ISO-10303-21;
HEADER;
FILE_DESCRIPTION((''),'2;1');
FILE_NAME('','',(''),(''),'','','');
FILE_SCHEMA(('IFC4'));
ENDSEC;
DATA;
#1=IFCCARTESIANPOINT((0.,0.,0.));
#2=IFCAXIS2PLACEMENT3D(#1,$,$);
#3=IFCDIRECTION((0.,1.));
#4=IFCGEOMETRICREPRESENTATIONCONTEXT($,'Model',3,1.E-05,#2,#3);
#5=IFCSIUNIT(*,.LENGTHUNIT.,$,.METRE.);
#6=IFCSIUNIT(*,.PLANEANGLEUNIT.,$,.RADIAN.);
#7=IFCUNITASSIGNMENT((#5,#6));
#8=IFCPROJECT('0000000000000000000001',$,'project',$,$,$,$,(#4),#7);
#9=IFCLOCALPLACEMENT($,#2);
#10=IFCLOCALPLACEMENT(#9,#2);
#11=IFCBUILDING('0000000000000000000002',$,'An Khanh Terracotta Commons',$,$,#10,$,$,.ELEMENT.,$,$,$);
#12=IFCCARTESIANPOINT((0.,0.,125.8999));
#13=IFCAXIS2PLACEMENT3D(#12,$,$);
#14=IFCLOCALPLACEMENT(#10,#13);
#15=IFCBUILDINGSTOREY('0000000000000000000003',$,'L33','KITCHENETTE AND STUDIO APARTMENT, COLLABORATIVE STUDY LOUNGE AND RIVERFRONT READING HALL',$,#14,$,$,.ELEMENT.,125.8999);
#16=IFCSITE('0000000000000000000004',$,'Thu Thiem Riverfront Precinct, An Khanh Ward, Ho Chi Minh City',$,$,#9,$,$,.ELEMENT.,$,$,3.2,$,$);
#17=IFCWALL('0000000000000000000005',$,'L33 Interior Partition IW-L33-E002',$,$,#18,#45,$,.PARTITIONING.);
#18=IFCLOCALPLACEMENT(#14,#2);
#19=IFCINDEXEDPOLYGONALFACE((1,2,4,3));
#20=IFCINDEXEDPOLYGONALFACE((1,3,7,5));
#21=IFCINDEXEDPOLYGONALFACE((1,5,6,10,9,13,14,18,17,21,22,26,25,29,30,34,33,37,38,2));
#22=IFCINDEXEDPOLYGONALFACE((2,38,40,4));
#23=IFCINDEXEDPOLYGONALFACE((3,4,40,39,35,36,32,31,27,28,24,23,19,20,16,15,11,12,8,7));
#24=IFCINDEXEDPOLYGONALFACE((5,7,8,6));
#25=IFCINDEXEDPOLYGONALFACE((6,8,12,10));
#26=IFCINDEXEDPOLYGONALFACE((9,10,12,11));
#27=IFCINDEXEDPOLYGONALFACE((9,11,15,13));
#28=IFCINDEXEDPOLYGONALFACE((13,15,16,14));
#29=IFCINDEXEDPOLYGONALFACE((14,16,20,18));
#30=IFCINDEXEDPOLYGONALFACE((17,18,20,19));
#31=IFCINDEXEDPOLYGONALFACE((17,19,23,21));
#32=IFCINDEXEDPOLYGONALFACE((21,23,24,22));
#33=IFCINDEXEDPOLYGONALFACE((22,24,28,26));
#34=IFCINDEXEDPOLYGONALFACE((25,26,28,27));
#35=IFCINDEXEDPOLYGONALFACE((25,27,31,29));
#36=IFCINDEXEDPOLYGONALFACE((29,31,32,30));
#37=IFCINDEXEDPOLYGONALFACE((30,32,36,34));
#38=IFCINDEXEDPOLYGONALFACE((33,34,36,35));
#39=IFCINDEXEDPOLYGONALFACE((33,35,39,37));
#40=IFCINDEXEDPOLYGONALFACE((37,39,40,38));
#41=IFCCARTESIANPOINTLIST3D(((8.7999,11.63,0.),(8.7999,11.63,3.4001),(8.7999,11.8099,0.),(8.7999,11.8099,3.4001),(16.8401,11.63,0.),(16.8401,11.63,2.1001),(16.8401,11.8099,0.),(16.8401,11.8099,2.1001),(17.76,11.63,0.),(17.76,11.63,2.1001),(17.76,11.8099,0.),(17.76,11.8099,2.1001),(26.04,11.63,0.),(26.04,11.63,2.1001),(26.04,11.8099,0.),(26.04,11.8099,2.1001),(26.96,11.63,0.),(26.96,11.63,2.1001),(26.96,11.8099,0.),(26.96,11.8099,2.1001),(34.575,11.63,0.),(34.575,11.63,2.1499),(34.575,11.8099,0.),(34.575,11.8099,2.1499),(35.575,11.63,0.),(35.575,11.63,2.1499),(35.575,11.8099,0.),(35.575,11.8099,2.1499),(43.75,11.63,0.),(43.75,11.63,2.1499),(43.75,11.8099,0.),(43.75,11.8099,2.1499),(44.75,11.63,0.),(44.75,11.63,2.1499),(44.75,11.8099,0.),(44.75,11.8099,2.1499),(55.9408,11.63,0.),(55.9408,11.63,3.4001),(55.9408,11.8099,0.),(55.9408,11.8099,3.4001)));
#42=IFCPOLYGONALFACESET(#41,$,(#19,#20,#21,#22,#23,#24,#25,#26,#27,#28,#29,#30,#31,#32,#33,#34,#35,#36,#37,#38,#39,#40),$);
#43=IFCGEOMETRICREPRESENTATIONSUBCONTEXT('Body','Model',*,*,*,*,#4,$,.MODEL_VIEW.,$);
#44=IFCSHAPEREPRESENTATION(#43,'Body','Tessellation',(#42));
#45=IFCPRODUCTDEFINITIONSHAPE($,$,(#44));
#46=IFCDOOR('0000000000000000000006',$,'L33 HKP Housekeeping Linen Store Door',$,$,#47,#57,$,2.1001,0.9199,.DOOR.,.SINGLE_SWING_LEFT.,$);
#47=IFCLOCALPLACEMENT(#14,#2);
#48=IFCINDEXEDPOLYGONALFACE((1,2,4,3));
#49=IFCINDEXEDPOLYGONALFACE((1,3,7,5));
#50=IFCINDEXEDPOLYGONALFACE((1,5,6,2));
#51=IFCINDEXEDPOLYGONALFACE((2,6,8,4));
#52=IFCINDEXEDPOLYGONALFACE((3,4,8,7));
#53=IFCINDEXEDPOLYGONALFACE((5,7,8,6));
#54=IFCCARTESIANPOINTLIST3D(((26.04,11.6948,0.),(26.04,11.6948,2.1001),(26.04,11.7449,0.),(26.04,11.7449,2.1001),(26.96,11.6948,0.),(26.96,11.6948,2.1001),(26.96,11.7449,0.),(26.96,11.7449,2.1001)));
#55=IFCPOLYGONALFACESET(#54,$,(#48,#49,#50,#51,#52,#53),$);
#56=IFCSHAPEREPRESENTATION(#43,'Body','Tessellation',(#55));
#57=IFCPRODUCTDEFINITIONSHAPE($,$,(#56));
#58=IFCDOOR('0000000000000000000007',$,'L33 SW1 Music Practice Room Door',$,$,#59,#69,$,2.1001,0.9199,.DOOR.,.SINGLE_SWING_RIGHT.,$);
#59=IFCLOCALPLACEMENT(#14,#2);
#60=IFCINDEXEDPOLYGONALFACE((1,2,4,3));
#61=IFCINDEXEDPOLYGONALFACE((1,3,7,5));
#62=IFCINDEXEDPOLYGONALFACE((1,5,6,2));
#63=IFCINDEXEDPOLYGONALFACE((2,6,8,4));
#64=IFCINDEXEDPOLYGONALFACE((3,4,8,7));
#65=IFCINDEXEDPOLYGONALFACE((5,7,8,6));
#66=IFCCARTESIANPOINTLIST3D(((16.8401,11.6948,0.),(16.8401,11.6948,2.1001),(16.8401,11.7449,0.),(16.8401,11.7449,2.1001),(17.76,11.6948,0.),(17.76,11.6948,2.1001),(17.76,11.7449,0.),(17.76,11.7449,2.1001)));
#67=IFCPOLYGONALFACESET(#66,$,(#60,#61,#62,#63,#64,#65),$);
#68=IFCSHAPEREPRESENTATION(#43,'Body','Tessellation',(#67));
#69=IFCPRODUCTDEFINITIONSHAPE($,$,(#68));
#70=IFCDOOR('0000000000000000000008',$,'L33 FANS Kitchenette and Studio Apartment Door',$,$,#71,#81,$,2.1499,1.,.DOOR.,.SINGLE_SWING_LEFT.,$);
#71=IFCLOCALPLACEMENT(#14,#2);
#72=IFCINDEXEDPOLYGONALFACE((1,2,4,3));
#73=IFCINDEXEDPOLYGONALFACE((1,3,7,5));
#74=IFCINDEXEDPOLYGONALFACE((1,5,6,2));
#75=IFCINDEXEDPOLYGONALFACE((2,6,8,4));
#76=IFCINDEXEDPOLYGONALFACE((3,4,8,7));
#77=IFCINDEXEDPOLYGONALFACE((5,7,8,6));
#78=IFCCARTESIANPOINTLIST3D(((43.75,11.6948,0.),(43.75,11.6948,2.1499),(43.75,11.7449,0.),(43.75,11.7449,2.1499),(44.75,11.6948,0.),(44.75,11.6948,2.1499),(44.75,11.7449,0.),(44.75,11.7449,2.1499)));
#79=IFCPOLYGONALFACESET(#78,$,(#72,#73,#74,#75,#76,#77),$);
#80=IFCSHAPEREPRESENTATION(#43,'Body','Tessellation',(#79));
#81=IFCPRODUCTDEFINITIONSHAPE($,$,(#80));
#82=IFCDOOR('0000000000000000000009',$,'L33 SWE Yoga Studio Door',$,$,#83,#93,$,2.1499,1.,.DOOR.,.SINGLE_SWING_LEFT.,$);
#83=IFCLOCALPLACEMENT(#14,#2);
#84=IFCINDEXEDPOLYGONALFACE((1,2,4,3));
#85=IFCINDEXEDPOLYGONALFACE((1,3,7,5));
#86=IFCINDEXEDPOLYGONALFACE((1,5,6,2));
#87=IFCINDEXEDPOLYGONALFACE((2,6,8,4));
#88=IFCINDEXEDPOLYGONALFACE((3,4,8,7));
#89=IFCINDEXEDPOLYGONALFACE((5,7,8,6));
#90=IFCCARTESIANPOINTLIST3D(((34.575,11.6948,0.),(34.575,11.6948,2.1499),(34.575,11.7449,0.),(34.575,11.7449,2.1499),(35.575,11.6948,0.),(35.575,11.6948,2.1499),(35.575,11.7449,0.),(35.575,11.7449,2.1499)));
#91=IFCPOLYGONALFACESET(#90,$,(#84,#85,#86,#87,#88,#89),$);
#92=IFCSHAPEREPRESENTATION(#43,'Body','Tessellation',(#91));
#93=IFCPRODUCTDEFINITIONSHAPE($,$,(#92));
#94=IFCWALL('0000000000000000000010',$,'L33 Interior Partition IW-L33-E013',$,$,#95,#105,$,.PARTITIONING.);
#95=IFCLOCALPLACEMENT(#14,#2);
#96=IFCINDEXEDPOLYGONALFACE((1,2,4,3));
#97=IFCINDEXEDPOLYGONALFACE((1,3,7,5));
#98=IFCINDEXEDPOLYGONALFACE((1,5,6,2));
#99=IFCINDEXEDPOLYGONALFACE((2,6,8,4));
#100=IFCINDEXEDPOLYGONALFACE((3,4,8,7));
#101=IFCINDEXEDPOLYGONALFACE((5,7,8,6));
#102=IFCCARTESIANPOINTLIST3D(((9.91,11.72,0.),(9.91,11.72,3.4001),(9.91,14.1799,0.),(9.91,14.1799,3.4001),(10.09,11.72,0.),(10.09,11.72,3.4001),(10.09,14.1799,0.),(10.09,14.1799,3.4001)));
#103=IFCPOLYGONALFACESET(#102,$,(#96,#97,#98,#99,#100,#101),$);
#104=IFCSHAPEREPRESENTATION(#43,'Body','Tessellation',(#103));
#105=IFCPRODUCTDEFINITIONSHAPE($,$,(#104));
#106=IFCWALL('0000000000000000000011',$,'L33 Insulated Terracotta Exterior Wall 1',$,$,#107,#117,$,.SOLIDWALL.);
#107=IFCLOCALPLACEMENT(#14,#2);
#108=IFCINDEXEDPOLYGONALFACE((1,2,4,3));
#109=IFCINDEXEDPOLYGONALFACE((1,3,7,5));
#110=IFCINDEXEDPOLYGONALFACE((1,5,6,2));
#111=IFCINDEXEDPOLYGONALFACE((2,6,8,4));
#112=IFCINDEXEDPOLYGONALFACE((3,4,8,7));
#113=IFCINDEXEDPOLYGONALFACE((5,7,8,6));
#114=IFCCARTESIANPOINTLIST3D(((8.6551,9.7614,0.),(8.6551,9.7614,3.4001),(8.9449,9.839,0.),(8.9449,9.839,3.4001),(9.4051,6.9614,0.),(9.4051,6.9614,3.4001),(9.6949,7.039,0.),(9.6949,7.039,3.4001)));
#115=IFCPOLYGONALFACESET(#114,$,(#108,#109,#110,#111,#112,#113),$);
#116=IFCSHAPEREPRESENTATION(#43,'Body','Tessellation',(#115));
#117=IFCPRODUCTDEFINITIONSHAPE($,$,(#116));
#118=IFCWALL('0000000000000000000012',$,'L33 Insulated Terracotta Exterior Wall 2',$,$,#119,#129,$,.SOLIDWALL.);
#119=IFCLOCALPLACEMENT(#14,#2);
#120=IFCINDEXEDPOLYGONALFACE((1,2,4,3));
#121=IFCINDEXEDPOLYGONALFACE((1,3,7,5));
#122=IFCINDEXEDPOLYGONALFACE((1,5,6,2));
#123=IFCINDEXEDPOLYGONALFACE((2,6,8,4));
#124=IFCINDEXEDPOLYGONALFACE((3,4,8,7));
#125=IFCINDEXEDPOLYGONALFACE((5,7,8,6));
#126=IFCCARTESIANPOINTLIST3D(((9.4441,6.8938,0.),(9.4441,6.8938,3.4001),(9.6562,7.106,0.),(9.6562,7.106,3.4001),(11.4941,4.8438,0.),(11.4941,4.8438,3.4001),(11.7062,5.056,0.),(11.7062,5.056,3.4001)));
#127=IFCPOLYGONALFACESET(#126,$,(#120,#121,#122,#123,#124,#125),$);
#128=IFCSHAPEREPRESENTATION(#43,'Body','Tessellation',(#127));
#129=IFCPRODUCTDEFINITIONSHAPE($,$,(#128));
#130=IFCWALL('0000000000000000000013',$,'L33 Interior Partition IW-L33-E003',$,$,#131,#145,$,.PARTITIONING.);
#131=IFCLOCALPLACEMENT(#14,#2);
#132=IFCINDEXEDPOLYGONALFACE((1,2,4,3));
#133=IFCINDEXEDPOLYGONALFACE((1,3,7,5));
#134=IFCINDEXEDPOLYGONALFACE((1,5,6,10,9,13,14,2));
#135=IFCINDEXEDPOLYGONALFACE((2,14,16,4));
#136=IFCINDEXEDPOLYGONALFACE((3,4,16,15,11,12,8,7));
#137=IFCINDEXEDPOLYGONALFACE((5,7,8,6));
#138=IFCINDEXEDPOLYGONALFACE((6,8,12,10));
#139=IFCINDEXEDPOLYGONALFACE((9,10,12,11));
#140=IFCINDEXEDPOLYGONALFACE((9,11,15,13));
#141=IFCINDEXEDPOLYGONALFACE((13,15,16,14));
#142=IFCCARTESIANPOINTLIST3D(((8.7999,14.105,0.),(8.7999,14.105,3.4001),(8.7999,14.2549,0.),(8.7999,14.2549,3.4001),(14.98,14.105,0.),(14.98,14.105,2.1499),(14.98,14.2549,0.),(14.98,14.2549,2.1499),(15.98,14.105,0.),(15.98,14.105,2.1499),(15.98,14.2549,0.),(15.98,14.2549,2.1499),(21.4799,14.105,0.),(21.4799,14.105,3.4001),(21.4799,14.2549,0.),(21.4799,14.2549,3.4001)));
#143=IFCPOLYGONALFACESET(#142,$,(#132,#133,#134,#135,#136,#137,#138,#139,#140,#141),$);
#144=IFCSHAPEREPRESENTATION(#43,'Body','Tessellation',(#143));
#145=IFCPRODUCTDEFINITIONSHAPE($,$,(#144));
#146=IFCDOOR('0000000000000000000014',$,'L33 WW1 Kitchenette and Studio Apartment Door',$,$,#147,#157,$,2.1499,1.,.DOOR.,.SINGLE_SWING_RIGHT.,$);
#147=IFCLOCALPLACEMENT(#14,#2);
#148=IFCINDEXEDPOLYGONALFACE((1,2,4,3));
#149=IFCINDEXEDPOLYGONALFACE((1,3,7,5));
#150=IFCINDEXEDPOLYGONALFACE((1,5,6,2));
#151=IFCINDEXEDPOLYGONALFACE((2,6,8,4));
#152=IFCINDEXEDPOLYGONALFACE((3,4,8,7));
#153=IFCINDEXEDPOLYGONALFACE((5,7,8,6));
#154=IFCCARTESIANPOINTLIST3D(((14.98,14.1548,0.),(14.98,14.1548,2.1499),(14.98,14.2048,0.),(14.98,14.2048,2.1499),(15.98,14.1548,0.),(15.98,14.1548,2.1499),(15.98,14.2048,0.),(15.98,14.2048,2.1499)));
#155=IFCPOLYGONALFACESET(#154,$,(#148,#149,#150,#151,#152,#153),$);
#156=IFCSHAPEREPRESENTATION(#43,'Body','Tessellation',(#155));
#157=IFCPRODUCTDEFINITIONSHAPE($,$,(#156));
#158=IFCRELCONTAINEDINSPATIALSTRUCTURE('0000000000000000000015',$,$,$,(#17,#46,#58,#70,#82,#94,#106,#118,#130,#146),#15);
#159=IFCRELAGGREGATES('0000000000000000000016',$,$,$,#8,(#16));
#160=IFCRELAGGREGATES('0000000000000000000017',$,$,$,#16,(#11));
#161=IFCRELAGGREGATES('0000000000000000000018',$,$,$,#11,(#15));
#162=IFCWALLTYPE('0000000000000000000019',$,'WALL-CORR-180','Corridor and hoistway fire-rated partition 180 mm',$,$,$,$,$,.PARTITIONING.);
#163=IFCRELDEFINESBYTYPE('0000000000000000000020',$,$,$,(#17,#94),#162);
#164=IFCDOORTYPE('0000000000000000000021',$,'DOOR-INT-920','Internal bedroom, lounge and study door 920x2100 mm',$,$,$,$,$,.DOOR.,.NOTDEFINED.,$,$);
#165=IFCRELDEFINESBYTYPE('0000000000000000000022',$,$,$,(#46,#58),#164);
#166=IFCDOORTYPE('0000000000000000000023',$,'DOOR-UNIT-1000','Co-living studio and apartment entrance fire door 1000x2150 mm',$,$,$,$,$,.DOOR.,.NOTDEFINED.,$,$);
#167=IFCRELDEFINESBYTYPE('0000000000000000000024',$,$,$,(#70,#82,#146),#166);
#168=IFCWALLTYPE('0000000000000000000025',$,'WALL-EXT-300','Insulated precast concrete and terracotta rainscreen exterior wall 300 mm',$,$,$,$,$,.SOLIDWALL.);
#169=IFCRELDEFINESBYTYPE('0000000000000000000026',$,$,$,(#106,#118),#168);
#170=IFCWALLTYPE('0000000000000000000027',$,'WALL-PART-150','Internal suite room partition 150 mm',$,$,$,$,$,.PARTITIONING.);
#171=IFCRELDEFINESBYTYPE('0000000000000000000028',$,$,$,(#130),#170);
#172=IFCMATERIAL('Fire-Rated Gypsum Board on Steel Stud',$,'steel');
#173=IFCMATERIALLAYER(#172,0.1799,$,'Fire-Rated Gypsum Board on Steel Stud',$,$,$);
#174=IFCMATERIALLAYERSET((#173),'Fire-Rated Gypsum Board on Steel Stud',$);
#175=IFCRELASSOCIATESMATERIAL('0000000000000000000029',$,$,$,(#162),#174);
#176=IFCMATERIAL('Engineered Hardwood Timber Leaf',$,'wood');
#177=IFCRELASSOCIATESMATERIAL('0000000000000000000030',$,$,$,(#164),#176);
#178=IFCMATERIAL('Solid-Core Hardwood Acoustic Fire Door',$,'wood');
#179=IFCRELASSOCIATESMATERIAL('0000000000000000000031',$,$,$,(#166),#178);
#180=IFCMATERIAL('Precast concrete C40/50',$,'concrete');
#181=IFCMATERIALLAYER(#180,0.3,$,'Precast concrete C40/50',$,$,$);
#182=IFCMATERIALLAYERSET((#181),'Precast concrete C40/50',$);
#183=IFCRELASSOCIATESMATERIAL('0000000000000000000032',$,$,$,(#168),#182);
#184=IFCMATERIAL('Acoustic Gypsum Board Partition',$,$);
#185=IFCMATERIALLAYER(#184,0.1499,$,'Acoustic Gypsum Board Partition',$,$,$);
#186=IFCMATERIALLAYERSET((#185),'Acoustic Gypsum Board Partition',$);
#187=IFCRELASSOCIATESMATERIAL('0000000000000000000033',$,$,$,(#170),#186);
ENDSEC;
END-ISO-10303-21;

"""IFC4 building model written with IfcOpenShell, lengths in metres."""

from ifc_helpers import new_model, si_unit, direction, frame, frame_2d, origin, place, context, subcontext, project, spatial, rectangle, extrude, material, layer, layer_set, type_object, element, fill, save


model = new_model("IFC4")

# Units and contexts
model_context = context("Model", 3, precision=1e-05, world=origin(), true_north=direction((0.0, 1.0)))
body_context = subcontext(model_context, "Body", "Model", "MODEL_VIEW")
ifc_project = project(units=[si_unit("LENGTHUNIT", "METRE"), si_unit("PLANEANGLEUNIT", "RADIAN")], contexts=[model_context])

# Site, building, storey
site_placement = place(None, origin())
site = spatial("IfcSite", under=ifc_project, at=site_placement, Name="Thu Thiem Riverfront Precinct, An Khanh Ward, Ho Chi Minh City", CompositionType="ELEMENT", RefElevation=3.2)
building_placement = place(site_placement, origin())
building = spatial("IfcBuilding", under=site, at=building_placement, Name="An Khanh Terracotta Commons", CompositionType="ELEMENT")
storey_placement = place(building_placement, frame((0.0, 0.0, 125.8999)))
storey = spatial("IfcBuildingStorey", under=building, at=storey_placement, Name="L33", Description="KITCHENETTE AND STUDIO APARTMENT, COLLABORATIVE STUDY LOUNGE AND RIVERFRONT READING HALL", CompositionType="ELEMENT", Elevation=125.8999)

# Shared definitions
ifc_material_1 = material(Name="Precast concrete C40/50", Category="concrete")

# Wall, openings, doors
ifc_material_2 = material(Name="Fire-Rated Gypsum Board on Steel Stud", Category="steel")
ifc_layer_1 = layer(ifc_material_2, 0.1799, Name="Fire-Rated Gypsum Board on Steel Stud")
ifc_layer_set_1 = layer_set([ifc_layer_1], Name="Fire-Rated Gypsum Board on Steel Stud")
wall_type_1 = type_object("IfcWallType", Name="WALL-CORR-180", Description="Corridor and hoistway fire-rated partition 180 mm", PredefinedType="PARTITIONING", material=ifc_layer_set_1)
wall_1_placement = place(storey_placement, frame((8.8, 11.72, 0.0), z_axis=(0.0, 0.0, 1.0), x_axis=(1.0, 0.0, 0.0)))
wall_1 = element("IfcWall", 1, at=wall_1_placement, inside=storey, type_object=wall_type_1, Name="L33 Interior Partition IW-L33-E002", PredefinedType="PARTITIONING", context=body_context, shape_type="SweptSolid", body=[
    extrude(rectangle(XDim=47.1409, YDim=0.1799, at=frame_2d((23.5703, 0.0))), origin(), (0.0, 0.0, 1.0), 3.4001),
])
opening_1_placement = place(wall_1_placement, frame((17.24, 0.0, 0.0)))
opening_1 = element("IfcOpeningElement", 2, at=opening_1_placement, cuts=wall_1, PredefinedType="OPENING", context=body_context, shape_type="SweptSolid", body=[
    extrude(rectangle(XDim=0.9199, YDim=2.1001, at=frame_2d((0.46, 1.05))), frame((0.0, 0.0999, 0.0), z_axis=(0.0, -1.0, 0.0), x_axis=(1.0, 0.0, 0.0)), (0.0, 0.0, 1.0), 0.2),
])
opening_2_placement = place(wall_1_placement, frame((34.95, 0.0, 0.0)))
opening_2 = element("IfcOpeningElement", 3, at=opening_2_placement, cuts=wall_1, PredefinedType="OPENING", context=body_context, shape_type="SweptSolid", body=[
    extrude(rectangle(XDim=1.0, YDim=2.1499, at=frame_2d((0.5, 1.075))), frame((0.0, 0.0999, 0.0), z_axis=(0.0, -1.0, 0.0), x_axis=(1.0, 0.0, 0.0)), (0.0, 0.0, 1.0), 0.2),
])
opening_3_placement = place(wall_1_placement, frame((8.04, 0.0, 0.0)))
opening_3 = element("IfcOpeningElement", 4, at=opening_3_placement, cuts=wall_1, PredefinedType="OPENING", context=body_context, shape_type="SweptSolid", body=[
    extrude(rectangle(XDim=0.9199, YDim=2.1001, at=frame_2d((0.46, 1.05))), frame((0.0, 0.0999, 0.0), z_axis=(0.0, -1.0, 0.0), x_axis=(1.0, 0.0, 0.0)), (0.0, 0.0, 1.0), 0.2),
])
opening_4_placement = place(wall_1_placement, frame((25.7749, 0.0, 0.0)))
opening_4 = element("IfcOpeningElement", 5, at=opening_4_placement, cuts=wall_1, PredefinedType="OPENING", context=body_context, shape_type="SweptSolid", body=[
    extrude(rectangle(XDim=1.0, YDim=2.1499, at=frame_2d((0.5, 1.075))), frame((0.0, 0.0999, 0.0), z_axis=(0.0, -1.0, 0.0), x_axis=(1.0, 0.0, 0.0)), (0.0, 0.0, 1.0), 0.2),
])
ifc_material_3 = material(Name="Engineered Hardwood Timber Leaf", Category="wood")
door_type_1 = type_object("IfcDoorType", Name="DOOR-INT-920", Description="Internal bedroom, lounge and study door 920x2100 mm", OperationType="NOTDEFINED", PredefinedType="DOOR", material=ifc_material_3)
door_1_placement = place(opening_1_placement, origin())
door_1 = element("IfcDoor", 6, at=door_1_placement, inside=storey, type_object=door_type_1, Name="L33 HKP Housekeeping Linen Store Door", OperationType="SINGLE_SWING_LEFT", OverallHeight=2.1001, OverallWidth=0.9199, PredefinedType="DOOR", context=body_context, shape_type="SweptSolid", body=[
    extrude(rectangle(XDim=0.9199, YDim=2.1001, at=frame_2d((0.46, 1.05))), frame((0.0, 0.0249, 0.0), z_axis=(0.0, -1.0, 0.0), x_axis=(1.0, 0.0, 0.0)), (0.0, 0.0, 1.0), 0.05),
])
fill(opening_1, door_1)
door_2_placement = place(opening_3_placement, origin())
door_2 = element("IfcDoor", 7, at=door_2_placement, inside=storey, type_object=door_type_1, Name="L33 SW1 Music Practice Room Door", OperationType="SINGLE_SWING_RIGHT", OverallHeight=2.1001, OverallWidth=0.9199, PredefinedType="DOOR", context=body_context, shape_type="SweptSolid", body=[
    extrude(rectangle(XDim=0.9199, YDim=2.1001, at=frame_2d((0.46, 1.05))), frame((0.0, 0.0249, 0.0), z_axis=(0.0, -1.0, 0.0), x_axis=(1.0, 0.0, 0.0)), (0.0, 0.0, 1.0), 0.05),
])
fill(opening_3, door_2)
ifc_material_4 = material(Name="Solid-Core Hardwood Acoustic Fire Door", Category="wood")
door_type_2 = type_object("IfcDoorType", Name="DOOR-UNIT-1000", Description="Co-living studio and apartment entrance fire door 1000x2150 mm", OperationType="NOTDEFINED", PredefinedType="DOOR", material=ifc_material_4)
door_3_placement = place(opening_2_placement, origin())
door_3 = element("IfcDoor", 8, at=door_3_placement, inside=storey, type_object=door_type_2, Name="L33 FANS Kitchenette and Studio Apartment Door", OperationType="SINGLE_SWING_LEFT", OverallHeight=2.1499, OverallWidth=1.0, PredefinedType="DOOR", context=body_context, shape_type="SweptSolid", body=[
    extrude(rectangle(XDim=1.0, YDim=2.1499, at=frame_2d((0.5, 1.075))), frame((0.0, 0.0249, 0.0), z_axis=(0.0, -1.0, 0.0), x_axis=(1.0, 0.0, 0.0)), (0.0, 0.0, 1.0), 0.05),
])
fill(opening_2, door_3)
door_4_placement = place(opening_4_placement, origin())
door_4 = element("IfcDoor", 9, at=door_4_placement, inside=storey, type_object=door_type_2, Name="L33 SWE Yoga Studio Door", OperationType="SINGLE_SWING_LEFT", OverallHeight=2.1499, OverallWidth=1.0, PredefinedType="DOOR", context=body_context, shape_type="SweptSolid", body=[
    extrude(rectangle(XDim=1.0, YDim=2.1499, at=frame_2d((0.5, 1.075))), frame((0.0, 0.0249, 0.0), z_axis=(0.0, -1.0, 0.0), x_axis=(1.0, 0.0, 0.0)), (0.0, 0.0, 1.0), 0.05),
])
fill(opening_4, door_4)

# Walls
wall_2_placement = place(storey_placement, frame((10.0, 11.72, 0.0), z_axis=(0.0, 0.0, 1.0), x_axis=(0.0, 1.0, 0.0)))
element("IfcWall", 10, at=wall_2_placement, inside=storey, type_object=wall_type_1, Name="L33 Interior Partition IW-L33-E013", PredefinedType="PARTITIONING", context=body_context, shape_type="SweptSolid", body=[
    extrude(rectangle(XDim=2.46, YDim=0.1799, at=frame_2d((1.23, 0.0))), origin(), (0.0, 0.0, 1.0), 3.4001),
])
ifc_layer_2 = layer(ifc_material_1, 0.3, Name="Precast concrete C40/50")
ifc_layer_set_2 = layer_set([ifc_layer_2], Name="Precast concrete C40/50")
wall_type_2 = type_object("IfcWallType", Name="WALL-EXT-300", Description="Insulated precast concrete and terracotta rainscreen exterior wall 300 mm", PredefinedType="SOLIDWALL", material=ifc_layer_set_2)
wall_3_placement = place(storey_placement, frame((8.8, 9.8, 0.0), z_axis=(0.0, 0.0, 1.0), x_axis=(0.258732, -0.965949, 0.0)))
element("IfcWall", 11, at=wall_3_placement, inside=storey, type_object=wall_type_2, Name="L33 Insulated Terracotta Exterior Wall 1", PredefinedType="SOLIDWALL", context=body_context, shape_type="SweptSolid", body=[
    extrude(rectangle(XDim=2.8987, YDim=0.3, at=frame_2d((1.4492, 0.0))), origin(), (0.0, 0.0, 1.0), 3.4001),
])
wall_4_placement = place(storey_placement, frame((9.55, 7.0, 0.0), z_axis=(0.0, 0.0, 1.0), x_axis=(0.707107, -0.707107, 0.0)))
element("IfcWall", 12, at=wall_4_placement, inside=storey, type_object=wall_type_2, Name="L33 Insulated Terracotta Exterior Wall 2", PredefinedType="SOLIDWALL", context=body_context, shape_type="SweptSolid", body=[
    extrude(rectangle(XDim=2.8992, YDim=0.3, at=frame_2d((1.4497, 0.0))), origin(), (0.0, 0.0, 1.0), 3.4001),
])

# Wall, opening, door
ifc_material_5 = material(Name="Acoustic Gypsum Board Partition")
ifc_layer_3 = layer(ifc_material_5, 0.1499, Name="Acoustic Gypsum Board Partition")
ifc_layer_set_3 = layer_set([ifc_layer_3], Name="Acoustic Gypsum Board Partition")
wall_type_3 = type_object("IfcWallType", Name="WALL-PART-150", Description="Internal suite room partition 150 mm", PredefinedType="PARTITIONING", material=ifc_layer_set_3)
wall_5_placement = place(storey_placement, frame((8.8, 14.1799, 0.0), z_axis=(0.0, 0.0, 1.0), x_axis=(1.0, 0.0, 0.0)))
wall_5 = element("IfcWall", 13, at=wall_5_placement, inside=storey, type_object=wall_type_3, Name="L33 Interior Partition IW-L33-E003", PredefinedType="PARTITIONING", context=body_context, shape_type="SweptSolid", body=[
    extrude(rectangle(XDim=12.6799, YDim=0.1499, at=frame_2d((6.3398, 0.0))), origin(), (0.0, 0.0, 1.0), 3.4001),
])
opening_5_placement = place(wall_5_placement, frame((6.1799, 0.0, 0.0)))
opening_5 = element("IfcOpeningElement", 14, at=opening_5_placement, cuts=wall_5, PredefinedType="OPENING", context=body_context, shape_type="SweptSolid", body=[
    extrude(rectangle(XDim=1.0, YDim=2.1499, at=frame_2d((0.5, 1.075))), frame((0.0, 0.085, 0.0), z_axis=(0.0, -1.0, 0.0), x_axis=(1.0, 0.0, 0.0)), (0.0, 0.0, 1.0), 0.1699),
])
door_5_placement = place(opening_5_placement, origin())
door_5 = element("IfcDoor", 15, at=door_5_placement, inside=storey, type_object=door_type_2, Name="L33 WW1 Kitchenette and Studio Apartment Door", OperationType="SINGLE_SWING_RIGHT", OverallHeight=2.1499, OverallWidth=1.0, PredefinedType="DOOR", context=body_context, shape_type="SweptSolid", body=[
    extrude(rectangle(XDim=1.0, YDim=2.1499, at=frame_2d((0.5, 1.075))), frame((0.0, 0.0249, 0.0), z_axis=(0.0, -1.0, 0.0), x_axis=(1.0, 0.0, 0.0)), (0.0, 0.0, 1.0), 0.05),
])
fill(opening_5, door_5)

save(model, "model.ifc")
